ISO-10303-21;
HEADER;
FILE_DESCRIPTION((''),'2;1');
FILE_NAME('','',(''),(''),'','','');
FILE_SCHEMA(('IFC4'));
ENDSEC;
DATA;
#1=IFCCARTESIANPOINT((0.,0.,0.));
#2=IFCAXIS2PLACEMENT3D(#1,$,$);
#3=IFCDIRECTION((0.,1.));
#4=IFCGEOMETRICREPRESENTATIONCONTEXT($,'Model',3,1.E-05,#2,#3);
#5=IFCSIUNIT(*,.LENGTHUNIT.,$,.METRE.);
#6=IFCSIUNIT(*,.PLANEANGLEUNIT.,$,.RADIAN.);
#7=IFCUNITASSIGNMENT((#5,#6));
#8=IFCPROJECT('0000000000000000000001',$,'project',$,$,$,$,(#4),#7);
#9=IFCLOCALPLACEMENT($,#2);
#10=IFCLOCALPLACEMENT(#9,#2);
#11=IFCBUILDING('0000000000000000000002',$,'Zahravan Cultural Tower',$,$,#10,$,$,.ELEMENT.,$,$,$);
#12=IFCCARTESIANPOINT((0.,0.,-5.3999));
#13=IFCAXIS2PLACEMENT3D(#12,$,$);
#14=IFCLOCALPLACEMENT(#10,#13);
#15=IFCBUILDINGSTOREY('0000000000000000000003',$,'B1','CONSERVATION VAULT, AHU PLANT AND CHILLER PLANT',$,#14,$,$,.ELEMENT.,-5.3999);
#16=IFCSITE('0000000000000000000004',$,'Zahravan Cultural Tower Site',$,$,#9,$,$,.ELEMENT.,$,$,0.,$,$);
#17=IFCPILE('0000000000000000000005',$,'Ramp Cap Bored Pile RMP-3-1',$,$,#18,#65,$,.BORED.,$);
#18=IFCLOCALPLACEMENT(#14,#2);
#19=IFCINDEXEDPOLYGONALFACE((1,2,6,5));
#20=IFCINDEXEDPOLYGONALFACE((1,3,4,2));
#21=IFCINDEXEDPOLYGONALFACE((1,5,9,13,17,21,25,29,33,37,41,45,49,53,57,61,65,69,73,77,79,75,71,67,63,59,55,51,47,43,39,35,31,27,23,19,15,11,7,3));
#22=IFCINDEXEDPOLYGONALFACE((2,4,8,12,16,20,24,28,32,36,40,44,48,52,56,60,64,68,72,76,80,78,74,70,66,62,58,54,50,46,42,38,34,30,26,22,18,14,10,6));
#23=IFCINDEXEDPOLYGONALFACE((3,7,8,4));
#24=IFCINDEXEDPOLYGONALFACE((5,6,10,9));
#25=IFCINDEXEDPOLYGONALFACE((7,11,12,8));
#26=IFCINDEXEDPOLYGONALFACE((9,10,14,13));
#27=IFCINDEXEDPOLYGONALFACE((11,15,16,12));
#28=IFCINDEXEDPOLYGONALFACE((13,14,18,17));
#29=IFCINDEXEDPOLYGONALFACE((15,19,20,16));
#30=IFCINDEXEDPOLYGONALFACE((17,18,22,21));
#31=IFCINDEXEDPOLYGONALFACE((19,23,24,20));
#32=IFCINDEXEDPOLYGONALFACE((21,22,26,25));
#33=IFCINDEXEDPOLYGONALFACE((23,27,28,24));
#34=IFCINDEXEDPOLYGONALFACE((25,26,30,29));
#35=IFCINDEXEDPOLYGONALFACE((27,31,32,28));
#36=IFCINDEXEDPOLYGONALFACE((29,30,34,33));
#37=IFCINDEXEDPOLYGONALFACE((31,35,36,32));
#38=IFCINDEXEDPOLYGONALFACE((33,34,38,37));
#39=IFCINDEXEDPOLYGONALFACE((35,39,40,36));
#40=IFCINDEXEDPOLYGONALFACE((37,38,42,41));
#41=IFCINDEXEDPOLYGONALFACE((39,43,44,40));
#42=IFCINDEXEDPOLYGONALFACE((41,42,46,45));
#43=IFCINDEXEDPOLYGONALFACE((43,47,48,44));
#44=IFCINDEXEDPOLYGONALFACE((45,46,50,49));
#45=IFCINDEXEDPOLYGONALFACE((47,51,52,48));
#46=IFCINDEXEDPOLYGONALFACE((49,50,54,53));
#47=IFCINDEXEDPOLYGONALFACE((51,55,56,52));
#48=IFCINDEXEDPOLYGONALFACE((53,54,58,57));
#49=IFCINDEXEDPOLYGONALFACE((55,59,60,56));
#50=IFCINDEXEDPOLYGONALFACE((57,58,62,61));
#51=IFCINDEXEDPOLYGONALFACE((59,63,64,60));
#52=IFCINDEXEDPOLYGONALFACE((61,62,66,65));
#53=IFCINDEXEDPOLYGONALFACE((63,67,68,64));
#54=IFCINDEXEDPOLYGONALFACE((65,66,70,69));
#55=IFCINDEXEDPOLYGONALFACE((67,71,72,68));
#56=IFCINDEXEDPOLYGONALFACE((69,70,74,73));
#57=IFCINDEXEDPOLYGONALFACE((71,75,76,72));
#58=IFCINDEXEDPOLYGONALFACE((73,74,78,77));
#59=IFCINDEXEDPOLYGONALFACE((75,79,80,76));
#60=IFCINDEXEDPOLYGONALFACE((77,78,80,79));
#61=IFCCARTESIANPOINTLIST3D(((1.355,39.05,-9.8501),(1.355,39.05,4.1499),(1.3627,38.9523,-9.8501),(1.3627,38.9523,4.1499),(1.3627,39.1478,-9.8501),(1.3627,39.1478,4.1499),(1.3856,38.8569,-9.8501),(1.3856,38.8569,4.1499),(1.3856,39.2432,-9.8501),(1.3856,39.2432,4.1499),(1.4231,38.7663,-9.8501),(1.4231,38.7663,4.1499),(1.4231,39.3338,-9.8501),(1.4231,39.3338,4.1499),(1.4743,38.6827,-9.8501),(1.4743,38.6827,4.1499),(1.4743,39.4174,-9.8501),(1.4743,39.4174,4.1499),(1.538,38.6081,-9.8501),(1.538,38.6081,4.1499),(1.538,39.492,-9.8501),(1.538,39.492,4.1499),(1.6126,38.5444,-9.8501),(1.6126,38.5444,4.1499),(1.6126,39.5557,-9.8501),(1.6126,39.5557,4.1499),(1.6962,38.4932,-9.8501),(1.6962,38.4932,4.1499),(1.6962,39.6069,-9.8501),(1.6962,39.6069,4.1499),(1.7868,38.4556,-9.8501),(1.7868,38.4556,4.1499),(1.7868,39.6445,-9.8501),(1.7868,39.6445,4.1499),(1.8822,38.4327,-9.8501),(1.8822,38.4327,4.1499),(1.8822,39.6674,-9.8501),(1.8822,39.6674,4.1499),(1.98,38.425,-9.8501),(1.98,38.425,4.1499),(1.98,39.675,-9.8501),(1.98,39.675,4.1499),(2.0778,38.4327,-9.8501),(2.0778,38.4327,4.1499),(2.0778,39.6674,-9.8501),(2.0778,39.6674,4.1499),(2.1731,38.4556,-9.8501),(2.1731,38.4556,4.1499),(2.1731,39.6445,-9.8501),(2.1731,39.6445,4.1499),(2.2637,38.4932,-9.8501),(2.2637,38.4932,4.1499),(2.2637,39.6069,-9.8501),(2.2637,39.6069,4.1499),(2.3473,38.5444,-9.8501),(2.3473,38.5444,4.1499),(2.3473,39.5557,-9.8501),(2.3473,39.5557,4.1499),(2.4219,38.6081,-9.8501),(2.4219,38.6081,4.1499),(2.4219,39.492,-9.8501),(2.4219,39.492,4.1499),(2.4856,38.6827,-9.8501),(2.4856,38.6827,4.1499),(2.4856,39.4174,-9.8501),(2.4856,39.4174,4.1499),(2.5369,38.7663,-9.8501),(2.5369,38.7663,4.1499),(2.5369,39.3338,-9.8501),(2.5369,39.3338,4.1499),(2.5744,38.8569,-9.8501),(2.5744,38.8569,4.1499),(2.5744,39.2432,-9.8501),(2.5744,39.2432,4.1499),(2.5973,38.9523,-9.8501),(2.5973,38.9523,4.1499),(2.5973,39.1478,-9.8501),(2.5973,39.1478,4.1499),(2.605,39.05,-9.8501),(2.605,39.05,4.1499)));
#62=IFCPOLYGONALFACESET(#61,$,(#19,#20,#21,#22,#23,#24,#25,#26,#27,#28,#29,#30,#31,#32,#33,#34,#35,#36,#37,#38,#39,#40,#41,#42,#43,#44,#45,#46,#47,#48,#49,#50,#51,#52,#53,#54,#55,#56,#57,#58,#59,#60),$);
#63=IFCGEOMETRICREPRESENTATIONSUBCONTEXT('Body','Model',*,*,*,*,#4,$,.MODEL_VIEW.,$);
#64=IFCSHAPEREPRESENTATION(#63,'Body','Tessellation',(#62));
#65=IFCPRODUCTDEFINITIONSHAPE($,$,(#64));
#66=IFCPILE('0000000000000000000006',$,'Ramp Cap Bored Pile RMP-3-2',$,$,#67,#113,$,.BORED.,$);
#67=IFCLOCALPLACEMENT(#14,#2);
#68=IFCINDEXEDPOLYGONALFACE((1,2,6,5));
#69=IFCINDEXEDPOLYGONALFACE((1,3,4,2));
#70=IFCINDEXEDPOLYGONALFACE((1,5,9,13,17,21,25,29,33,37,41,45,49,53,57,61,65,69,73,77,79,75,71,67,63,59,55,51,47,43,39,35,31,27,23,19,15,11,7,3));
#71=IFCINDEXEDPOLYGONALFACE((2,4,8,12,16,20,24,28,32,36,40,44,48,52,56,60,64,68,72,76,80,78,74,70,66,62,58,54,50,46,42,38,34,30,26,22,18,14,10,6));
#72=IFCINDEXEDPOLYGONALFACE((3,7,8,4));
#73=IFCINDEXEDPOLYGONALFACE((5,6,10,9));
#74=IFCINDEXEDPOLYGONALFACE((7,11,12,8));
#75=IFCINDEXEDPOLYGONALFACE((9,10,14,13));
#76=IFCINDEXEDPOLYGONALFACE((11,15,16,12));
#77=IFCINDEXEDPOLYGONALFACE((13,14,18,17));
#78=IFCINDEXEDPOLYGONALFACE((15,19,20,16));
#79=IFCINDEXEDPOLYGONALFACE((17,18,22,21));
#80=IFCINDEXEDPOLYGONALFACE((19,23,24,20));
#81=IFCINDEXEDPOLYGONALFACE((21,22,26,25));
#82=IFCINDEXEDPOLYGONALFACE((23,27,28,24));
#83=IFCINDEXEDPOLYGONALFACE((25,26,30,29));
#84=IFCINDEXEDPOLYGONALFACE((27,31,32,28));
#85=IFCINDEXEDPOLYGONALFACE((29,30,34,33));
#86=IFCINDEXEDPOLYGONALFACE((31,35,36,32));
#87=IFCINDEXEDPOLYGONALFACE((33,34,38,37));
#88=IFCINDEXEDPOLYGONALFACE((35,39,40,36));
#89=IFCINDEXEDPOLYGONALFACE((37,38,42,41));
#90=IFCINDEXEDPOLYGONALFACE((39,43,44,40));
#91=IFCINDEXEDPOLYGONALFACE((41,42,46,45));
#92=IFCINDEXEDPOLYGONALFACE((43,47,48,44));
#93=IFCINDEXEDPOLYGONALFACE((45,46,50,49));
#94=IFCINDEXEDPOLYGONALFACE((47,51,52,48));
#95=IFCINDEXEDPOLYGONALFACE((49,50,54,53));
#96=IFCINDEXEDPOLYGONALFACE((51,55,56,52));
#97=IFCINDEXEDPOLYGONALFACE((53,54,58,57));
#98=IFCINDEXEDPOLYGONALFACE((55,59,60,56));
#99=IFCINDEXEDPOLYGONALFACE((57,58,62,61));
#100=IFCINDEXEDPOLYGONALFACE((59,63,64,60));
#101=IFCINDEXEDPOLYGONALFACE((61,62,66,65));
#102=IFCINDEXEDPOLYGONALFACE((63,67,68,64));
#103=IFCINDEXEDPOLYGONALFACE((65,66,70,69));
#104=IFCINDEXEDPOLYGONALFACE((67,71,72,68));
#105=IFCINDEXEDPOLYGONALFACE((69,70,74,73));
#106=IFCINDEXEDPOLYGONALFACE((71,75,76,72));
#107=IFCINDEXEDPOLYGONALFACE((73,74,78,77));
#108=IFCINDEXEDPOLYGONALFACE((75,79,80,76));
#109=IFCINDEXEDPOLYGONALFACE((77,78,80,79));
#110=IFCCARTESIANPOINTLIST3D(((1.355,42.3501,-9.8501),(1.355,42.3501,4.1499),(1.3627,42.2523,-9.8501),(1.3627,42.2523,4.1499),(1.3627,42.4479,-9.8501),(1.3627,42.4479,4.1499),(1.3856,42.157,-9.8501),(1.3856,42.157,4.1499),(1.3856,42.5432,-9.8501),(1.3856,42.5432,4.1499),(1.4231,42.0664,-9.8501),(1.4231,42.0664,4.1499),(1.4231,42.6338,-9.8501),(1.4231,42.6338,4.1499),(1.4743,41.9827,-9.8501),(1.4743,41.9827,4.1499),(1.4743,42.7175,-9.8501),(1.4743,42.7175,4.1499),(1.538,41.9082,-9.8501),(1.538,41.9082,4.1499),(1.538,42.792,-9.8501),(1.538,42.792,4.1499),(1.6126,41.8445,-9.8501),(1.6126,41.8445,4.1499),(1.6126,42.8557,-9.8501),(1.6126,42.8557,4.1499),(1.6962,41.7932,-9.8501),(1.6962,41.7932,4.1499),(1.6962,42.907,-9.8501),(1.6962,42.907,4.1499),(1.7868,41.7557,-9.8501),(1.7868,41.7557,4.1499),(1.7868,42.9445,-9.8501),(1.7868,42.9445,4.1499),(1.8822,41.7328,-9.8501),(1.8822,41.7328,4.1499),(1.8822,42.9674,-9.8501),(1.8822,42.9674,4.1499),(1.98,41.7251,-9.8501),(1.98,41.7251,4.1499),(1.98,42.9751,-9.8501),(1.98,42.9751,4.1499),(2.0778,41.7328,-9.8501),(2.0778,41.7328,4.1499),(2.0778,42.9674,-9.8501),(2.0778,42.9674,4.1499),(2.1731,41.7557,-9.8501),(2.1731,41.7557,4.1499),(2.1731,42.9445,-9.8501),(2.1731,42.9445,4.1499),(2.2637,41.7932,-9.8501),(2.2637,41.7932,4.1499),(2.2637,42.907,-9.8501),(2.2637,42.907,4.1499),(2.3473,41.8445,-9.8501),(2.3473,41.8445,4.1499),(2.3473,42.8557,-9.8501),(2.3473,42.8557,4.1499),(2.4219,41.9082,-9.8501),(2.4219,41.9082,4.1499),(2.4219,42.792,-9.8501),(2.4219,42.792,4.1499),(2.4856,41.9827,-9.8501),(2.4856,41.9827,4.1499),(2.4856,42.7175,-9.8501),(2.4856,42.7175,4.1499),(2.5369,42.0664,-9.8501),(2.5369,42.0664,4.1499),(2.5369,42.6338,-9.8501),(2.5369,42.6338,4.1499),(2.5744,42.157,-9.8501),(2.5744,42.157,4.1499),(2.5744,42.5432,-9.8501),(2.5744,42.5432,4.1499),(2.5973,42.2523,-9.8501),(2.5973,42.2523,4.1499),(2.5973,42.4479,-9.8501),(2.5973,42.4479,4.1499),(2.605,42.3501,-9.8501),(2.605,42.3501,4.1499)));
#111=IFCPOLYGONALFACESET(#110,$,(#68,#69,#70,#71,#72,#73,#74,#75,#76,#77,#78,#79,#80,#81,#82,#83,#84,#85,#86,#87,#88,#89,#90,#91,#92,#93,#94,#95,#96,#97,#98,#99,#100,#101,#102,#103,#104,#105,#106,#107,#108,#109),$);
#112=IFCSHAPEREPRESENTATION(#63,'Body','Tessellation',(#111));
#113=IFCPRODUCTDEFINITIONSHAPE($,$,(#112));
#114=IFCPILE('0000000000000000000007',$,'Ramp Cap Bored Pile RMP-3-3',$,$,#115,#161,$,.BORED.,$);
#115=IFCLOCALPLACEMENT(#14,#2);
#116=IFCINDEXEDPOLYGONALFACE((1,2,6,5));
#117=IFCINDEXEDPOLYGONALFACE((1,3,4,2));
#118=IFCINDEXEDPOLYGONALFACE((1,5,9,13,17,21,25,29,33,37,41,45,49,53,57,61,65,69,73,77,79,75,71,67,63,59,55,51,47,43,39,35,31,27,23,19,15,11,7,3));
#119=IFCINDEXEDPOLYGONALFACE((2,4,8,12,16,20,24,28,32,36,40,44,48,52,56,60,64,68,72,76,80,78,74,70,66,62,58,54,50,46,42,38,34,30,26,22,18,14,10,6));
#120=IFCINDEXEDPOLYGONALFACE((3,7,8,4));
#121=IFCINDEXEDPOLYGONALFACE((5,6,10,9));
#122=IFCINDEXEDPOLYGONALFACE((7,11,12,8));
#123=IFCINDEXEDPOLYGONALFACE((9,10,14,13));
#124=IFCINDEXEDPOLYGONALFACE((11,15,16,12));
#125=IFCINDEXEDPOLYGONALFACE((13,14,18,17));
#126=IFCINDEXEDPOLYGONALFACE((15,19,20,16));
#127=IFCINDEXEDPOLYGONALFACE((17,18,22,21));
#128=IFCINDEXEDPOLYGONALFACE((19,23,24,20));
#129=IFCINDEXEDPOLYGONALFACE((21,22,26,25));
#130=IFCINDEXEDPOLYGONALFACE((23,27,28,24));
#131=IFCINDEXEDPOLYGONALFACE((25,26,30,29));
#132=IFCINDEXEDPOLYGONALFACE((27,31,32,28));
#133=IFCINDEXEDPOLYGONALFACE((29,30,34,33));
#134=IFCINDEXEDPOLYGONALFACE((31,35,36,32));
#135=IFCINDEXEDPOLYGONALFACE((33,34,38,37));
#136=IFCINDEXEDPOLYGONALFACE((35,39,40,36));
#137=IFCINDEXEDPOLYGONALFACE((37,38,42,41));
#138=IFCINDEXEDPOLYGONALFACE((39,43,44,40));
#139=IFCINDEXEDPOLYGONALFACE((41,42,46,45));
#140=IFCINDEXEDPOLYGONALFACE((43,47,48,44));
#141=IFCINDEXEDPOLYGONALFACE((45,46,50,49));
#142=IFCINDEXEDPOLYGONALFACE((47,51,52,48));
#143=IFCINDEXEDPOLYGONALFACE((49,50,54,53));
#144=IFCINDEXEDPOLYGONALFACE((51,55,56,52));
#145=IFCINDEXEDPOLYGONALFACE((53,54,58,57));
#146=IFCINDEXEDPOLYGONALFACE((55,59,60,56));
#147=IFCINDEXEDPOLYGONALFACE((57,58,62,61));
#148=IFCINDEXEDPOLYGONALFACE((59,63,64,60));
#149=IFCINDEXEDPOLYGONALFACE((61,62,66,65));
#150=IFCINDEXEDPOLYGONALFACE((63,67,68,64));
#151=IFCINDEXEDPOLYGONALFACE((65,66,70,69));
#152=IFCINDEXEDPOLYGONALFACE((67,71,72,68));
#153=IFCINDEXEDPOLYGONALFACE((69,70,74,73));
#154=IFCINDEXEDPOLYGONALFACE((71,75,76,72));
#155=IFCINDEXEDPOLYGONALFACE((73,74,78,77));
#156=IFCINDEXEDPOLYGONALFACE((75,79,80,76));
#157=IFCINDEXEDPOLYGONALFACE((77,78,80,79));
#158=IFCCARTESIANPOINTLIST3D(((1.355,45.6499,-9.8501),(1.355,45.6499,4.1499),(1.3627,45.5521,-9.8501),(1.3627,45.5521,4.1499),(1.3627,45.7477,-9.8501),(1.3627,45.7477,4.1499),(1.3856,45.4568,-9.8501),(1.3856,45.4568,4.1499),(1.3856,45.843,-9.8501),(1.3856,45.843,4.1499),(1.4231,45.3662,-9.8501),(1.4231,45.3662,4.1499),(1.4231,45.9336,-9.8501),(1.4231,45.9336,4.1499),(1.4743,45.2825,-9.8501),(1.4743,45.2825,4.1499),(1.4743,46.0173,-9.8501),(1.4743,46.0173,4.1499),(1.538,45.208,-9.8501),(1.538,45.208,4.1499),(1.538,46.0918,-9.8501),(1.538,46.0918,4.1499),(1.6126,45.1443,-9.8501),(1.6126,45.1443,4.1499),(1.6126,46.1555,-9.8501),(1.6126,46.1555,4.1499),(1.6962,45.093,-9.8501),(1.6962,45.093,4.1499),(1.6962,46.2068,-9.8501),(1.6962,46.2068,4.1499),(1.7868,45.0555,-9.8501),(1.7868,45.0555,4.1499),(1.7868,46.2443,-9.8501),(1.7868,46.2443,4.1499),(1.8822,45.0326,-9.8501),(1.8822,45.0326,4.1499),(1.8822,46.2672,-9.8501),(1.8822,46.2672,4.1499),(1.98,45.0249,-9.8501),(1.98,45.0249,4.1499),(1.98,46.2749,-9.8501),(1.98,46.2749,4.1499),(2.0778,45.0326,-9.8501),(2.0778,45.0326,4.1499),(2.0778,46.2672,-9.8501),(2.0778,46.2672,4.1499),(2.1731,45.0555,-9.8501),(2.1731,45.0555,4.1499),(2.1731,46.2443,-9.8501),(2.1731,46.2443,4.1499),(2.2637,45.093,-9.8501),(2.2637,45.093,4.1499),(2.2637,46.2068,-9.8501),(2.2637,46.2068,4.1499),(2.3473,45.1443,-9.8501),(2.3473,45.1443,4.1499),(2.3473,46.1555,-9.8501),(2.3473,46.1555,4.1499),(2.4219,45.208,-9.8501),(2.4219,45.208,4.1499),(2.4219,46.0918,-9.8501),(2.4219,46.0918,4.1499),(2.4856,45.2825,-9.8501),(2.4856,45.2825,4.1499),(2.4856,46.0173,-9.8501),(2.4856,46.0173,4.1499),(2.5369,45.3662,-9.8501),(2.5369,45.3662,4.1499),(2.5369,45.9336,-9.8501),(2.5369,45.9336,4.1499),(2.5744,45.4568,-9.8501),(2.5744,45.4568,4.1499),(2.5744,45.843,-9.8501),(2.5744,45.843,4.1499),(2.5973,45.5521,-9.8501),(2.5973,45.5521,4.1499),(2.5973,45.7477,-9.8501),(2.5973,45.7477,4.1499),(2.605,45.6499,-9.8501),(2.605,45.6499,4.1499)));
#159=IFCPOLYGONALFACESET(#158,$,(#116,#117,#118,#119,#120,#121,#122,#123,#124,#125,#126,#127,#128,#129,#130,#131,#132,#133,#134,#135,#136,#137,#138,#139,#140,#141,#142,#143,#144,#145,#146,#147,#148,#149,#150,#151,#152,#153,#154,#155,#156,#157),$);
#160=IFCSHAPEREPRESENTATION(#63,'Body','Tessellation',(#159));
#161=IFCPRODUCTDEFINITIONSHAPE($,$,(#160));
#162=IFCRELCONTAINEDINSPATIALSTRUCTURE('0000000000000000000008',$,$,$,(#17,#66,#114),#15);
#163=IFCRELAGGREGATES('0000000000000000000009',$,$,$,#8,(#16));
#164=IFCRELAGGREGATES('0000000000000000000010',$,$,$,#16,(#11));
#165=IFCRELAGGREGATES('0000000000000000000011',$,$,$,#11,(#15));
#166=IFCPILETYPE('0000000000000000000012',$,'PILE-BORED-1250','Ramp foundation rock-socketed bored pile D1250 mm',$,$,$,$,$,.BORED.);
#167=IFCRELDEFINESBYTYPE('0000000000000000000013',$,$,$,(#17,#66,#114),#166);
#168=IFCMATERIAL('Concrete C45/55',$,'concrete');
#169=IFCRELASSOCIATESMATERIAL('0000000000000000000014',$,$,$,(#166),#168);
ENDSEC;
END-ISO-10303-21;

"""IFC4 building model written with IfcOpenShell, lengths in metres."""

from ifc_helpers import new_model, si_unit, direction, frame, origin, origin_2d, place, context, subcontext, project, spatial, circle, extrude, material, material_profile, profile_set, type_object, element, save


model = new_model("IFC4")

# Units and contexts
model_context = context("Model", 3, precision=1e-05, world=origin(), true_north=direction((0.0, 1.0)))
body_context = subcontext(model_context, "Body", "Model", "MODEL_VIEW")
ifc_project = project(units=[si_unit("LENGTHUNIT", "METRE"), si_unit("PLANEANGLEUNIT", "RADIAN")], contexts=[model_context])

# Site, building, storey
site_placement = place(None, origin())
site = spatial("IfcSite", under=ifc_project, at=site_placement, Name="Zahravan Cultural Tower Site", CompositionType="ELEMENT", RefElevation=0.0)
building_placement = place(site_placement, origin())
building = spatial("IfcBuilding", under=site, at=building_placement, Name="Zahravan Cultural Tower", CompositionType="ELEMENT")
storey_placement = place(building_placement, frame((0.0, 0.0, -5.3999)))
storey = spatial("IfcBuildingStorey", under=building, at=storey_placement, Name="B1", Description="CONSERVATION VAULT, AHU PLANT AND CHILLER PLANT", CompositionType="ELEMENT", Elevation=-5.3999)

# Piles
ifc_material_1 = material(Name="Concrete C45/55", Category="concrete")
ifc_material_profile_1 = material_profile(ifc_material_1, circle(Radius=0.625, at=origin_2d()), Name="PILE-D1250")
ifc_profile_set_1 = profile_set([ifc_material_profile_1], Name="Concrete C45/55")
pile_type_1 = type_object("IfcPileType", Name="PILE-BORED-1250", Description="Ramp foundation rock-socketed bored pile D1250 mm", PredefinedType="BORED", material=ifc_profile_set_1)
for number, where, z_axis, x_axis, name in (
    (1, (1.98, 39.05, 4.1499), (0.0, 0.0, -1.0), (1.0, 0.0, 0.0), "Ramp Cap Bored Pile RMP-3-1"),
    (2, (1.98, 42.3501, 4.1499), (0.0, 0.0, -1.0), (1.0, 0.0, 0.0), "Ramp Cap Bored Pile RMP-3-2"),
    (3, (1.98, 45.6499, 4.1499), (0.0, 0.0, -1.0), (1.0, 0.0, 0.0), "Ramp Cap Bored Pile RMP-3-3"),
):
    element("IfcPile", number, at=place(storey_placement, frame(where, z_axis=z_axis, x_axis=x_axis)), inside=storey, type_object=pile_type_1, Name=name, PredefinedType="BORED", context=body_context, shape_type="SweptSolid", body=[
        extrude(circle(Radius=0.625, at=origin_2d()), origin(), (0.0, 0.0, 1.0), 14.0),
    ])

save(model, "model.ifc")
